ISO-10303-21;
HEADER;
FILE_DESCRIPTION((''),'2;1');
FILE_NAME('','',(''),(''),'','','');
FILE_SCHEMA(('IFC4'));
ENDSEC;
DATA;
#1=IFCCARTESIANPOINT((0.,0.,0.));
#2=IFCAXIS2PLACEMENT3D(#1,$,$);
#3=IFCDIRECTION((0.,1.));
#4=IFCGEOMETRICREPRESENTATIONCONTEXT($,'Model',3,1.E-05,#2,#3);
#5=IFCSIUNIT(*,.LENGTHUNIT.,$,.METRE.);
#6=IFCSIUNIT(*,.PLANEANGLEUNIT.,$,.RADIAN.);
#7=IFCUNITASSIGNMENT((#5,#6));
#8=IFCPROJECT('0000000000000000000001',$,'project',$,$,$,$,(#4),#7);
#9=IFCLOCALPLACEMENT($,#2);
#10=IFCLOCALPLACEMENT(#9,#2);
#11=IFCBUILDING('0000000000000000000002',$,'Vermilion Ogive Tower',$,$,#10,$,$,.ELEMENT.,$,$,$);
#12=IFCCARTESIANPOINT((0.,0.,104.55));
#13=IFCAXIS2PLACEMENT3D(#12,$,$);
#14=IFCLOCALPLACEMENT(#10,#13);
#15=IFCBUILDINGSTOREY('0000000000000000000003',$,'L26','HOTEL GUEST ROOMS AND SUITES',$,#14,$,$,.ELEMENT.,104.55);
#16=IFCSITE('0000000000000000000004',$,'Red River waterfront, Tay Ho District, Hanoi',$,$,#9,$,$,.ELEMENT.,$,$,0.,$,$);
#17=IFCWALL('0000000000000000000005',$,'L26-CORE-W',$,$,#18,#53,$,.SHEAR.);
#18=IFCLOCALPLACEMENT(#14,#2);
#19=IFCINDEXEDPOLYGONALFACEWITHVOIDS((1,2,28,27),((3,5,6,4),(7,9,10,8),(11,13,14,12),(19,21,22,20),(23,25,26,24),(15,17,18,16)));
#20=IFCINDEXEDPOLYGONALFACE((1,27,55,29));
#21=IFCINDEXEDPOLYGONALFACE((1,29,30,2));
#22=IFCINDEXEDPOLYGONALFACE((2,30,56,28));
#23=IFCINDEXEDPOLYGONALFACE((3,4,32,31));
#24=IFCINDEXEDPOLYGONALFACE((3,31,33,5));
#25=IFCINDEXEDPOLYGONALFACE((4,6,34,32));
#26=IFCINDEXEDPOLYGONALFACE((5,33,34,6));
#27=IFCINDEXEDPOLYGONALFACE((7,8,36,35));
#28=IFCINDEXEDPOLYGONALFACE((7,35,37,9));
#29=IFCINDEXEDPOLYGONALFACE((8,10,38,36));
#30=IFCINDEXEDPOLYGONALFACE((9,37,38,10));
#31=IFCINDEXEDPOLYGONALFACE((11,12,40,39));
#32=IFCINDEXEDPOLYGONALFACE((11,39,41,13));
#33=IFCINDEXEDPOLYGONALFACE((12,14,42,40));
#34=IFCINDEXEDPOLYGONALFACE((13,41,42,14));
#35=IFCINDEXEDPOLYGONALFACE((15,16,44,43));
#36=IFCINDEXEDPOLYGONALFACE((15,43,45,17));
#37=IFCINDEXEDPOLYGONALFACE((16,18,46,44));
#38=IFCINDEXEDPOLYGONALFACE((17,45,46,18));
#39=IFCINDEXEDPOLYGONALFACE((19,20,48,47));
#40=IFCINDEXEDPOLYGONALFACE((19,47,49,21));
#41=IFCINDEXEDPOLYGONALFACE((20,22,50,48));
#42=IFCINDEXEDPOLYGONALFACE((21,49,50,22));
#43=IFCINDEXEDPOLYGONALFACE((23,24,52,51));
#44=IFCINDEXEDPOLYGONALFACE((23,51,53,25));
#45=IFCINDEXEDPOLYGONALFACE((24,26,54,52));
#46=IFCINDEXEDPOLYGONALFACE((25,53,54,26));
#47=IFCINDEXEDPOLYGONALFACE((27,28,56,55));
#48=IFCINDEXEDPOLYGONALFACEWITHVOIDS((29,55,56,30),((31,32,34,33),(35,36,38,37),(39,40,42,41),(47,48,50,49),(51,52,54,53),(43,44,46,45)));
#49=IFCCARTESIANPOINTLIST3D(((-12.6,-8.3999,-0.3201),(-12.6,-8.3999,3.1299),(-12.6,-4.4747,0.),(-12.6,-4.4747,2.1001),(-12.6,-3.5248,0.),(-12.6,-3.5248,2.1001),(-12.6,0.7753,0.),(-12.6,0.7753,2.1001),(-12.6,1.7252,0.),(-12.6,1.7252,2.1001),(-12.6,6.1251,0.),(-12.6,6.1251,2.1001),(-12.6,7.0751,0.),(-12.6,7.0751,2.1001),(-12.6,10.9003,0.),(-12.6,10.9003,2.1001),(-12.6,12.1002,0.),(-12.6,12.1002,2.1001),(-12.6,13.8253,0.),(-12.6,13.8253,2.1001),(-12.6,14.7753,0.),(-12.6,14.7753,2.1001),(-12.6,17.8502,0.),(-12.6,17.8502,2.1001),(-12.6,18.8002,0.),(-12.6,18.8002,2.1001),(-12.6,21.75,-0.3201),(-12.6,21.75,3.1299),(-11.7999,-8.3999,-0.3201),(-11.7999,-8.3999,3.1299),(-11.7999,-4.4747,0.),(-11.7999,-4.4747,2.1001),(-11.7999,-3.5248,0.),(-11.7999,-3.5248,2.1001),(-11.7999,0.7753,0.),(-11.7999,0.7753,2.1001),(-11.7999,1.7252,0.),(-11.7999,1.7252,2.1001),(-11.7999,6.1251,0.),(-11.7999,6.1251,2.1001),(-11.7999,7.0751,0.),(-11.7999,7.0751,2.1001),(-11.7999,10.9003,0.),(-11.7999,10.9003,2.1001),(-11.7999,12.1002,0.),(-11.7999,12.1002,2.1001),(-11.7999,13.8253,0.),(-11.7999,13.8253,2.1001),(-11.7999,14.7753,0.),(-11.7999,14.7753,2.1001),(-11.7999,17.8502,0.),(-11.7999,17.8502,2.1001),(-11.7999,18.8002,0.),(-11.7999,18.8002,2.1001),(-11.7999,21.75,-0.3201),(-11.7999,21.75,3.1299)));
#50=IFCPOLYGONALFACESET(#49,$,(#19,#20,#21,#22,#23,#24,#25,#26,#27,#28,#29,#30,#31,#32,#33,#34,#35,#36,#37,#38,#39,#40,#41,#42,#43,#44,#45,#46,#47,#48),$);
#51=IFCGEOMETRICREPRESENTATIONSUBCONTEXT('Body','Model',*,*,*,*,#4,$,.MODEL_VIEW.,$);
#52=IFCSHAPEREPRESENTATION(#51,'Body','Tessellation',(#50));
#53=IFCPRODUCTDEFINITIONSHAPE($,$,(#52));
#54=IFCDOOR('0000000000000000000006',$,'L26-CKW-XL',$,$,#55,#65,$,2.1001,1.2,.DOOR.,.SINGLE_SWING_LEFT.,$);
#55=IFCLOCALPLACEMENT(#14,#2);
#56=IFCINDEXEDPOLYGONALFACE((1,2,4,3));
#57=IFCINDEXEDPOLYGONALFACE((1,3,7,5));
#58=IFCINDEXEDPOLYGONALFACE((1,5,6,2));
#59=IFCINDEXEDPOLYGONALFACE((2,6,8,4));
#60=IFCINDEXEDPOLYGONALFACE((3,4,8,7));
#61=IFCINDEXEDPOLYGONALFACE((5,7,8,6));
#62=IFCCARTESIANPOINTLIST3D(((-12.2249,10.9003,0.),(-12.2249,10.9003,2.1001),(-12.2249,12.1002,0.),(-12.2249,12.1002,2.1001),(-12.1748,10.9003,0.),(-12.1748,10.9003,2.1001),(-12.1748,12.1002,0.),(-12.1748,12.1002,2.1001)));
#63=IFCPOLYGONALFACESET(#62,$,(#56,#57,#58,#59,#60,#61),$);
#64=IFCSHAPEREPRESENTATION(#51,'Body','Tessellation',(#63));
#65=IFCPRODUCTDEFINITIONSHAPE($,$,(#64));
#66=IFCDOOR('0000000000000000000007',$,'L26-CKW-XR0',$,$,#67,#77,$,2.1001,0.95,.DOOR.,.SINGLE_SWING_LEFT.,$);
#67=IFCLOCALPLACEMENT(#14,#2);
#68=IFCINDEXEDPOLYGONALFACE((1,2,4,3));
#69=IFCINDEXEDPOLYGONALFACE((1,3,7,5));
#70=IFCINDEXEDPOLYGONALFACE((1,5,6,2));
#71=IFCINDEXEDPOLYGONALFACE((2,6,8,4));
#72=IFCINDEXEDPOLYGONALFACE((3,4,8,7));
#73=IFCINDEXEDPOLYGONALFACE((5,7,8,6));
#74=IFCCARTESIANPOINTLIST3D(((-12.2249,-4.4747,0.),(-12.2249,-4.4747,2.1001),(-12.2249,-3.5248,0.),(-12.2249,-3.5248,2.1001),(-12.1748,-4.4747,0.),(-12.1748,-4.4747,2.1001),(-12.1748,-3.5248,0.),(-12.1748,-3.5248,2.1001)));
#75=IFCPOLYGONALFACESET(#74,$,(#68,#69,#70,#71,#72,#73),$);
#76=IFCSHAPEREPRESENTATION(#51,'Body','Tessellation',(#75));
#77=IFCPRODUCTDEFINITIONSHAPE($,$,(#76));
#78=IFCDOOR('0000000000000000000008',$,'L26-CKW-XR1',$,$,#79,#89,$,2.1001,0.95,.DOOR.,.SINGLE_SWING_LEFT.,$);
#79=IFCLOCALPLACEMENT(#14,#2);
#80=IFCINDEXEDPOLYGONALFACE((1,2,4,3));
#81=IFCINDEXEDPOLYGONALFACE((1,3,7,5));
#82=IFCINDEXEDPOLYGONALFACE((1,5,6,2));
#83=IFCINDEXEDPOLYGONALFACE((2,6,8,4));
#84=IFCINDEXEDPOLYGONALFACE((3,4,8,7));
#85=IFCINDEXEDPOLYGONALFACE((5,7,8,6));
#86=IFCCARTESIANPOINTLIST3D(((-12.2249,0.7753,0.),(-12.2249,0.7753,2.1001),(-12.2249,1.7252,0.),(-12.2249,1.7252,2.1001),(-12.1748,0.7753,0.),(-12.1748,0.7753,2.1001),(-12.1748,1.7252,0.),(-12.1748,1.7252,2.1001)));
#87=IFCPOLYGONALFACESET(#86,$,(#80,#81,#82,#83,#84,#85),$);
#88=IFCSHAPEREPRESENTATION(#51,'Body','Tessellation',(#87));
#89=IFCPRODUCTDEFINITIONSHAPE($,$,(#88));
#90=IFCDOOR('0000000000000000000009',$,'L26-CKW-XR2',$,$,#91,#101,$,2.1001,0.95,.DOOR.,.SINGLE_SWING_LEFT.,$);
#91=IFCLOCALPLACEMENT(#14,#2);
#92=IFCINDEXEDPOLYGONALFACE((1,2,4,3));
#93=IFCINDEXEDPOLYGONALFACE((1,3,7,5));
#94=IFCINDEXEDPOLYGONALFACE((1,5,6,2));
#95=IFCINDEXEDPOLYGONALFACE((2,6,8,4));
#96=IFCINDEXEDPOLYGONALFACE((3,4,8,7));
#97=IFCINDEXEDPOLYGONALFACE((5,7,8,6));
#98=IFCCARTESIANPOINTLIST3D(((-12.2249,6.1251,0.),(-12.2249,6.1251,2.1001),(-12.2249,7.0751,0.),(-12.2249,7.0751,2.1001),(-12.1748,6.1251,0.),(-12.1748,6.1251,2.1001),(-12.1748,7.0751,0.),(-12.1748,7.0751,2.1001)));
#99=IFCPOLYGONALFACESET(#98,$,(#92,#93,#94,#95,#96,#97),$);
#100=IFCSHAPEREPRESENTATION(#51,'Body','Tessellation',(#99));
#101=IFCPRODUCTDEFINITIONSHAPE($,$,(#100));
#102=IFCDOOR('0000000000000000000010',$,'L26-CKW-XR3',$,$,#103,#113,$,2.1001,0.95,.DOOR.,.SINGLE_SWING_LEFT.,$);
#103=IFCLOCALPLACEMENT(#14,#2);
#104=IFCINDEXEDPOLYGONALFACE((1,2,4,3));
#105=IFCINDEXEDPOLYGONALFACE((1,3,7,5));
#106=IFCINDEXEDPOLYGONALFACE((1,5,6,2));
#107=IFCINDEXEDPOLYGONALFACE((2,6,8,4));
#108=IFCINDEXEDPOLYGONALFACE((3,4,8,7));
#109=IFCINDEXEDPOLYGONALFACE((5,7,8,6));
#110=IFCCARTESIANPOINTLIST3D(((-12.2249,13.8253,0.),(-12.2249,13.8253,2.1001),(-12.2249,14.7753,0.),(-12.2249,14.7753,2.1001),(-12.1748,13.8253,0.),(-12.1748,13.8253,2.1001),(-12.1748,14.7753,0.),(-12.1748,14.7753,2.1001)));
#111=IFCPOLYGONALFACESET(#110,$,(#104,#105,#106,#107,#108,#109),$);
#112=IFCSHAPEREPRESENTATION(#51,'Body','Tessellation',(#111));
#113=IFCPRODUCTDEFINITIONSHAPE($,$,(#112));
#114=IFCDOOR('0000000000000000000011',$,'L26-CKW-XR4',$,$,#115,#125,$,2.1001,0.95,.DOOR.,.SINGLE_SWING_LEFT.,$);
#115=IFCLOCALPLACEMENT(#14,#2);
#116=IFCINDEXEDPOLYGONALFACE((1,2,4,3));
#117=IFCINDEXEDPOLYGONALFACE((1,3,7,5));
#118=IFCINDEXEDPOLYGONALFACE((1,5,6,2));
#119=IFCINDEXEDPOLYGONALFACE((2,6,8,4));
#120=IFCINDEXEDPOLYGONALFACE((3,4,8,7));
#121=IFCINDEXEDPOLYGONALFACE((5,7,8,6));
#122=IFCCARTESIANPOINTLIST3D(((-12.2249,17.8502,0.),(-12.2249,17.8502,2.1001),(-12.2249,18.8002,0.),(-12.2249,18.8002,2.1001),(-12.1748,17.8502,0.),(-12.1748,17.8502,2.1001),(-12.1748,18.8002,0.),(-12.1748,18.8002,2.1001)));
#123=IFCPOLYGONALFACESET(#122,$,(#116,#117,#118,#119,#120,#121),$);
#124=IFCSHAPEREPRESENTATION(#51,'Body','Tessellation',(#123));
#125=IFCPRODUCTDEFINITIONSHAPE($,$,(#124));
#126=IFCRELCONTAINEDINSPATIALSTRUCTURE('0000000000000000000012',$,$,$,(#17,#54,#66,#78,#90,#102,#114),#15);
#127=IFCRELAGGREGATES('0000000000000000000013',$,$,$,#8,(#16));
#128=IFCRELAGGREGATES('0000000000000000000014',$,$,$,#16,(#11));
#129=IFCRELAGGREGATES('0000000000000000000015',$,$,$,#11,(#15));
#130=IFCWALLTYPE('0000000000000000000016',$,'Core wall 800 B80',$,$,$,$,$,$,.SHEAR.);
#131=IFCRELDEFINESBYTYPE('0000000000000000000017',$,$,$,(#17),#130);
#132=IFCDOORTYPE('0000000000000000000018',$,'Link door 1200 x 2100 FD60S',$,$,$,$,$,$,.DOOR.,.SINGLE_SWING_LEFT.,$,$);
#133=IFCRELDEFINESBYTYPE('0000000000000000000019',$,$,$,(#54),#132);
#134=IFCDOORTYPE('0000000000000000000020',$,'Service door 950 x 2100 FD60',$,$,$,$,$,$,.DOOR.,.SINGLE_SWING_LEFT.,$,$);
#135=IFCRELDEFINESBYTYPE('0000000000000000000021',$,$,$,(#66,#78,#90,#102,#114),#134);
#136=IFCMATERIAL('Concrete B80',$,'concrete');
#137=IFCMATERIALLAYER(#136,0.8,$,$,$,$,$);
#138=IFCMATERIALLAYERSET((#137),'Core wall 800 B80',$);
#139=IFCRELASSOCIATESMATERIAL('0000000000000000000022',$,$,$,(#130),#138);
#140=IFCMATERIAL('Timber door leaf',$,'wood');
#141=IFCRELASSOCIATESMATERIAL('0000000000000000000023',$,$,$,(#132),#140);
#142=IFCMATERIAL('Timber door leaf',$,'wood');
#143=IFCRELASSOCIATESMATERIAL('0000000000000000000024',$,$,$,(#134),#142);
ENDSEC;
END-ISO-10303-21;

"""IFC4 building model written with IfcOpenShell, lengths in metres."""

from ifc_helpers import new_model, si_unit, direction, frame, frame_2d, origin, place, context, subcontext, project, spatial, rectangle, extrude, material, layer, layer_set, type_object, element, fill, save


model = new_model("IFC4")

# Units and contexts
model_context = context("Model", 3, precision=1e-05, world=origin(), true_north=direction((0.0, 1.0)))
body_context = subcontext(model_context, "Body", "Model", "MODEL_VIEW")
ifc_project = project(units=[si_unit("LENGTHUNIT", "METRE"), si_unit("PLANEANGLEUNIT", "RADIAN")], contexts=[model_context])

# Site, building, storey
site_placement = place(None, origin())
site = spatial("IfcSite", under=ifc_project, at=site_placement, Name="Red River waterfront, Tay Ho District, Hanoi", CompositionType="ELEMENT", RefElevation=0.0)
building_placement = place(site_placement, origin())
building = spatial("IfcBuilding", under=site, at=building_placement, Name="Vermilion Ogive Tower", CompositionType="ELEMENT")
storey_placement = place(building_placement, frame((0.0, 0.0, 104.55)))
storey = spatial("IfcBuildingStorey", under=building, at=storey_placement, Name="L26", Description="HOTEL GUEST ROOMS AND SUITES", CompositionType="ELEMENT", Elevation=104.55)

# Wall, openings, doors
ifc_material_1 = material(Name="Concrete B80", Category="concrete")
ifc_layer_1 = layer(ifc_material_1, 0.8)
ifc_layer_set_1 = layer_set([ifc_layer_1], Name="Core wall 800 B80")
wall_type_1 = type_object("IfcWallType", Name="Core wall 800 B80", PredefinedType="SHEAR", material=ifc_layer_set_1)
wall_1_placement = place(storey_placement, frame((-12.2, -8.3999, -0.3201), z_axis=(0.0, 0.0, 1.0), x_axis=(0.0, 1.0, 0.0)))
wall_1 = element("IfcWall", 1, at=wall_1_placement, inside=storey, type_object=wall_type_1, Name="L26-CORE-W", PredefinedType="SHEAR", context=body_context, shape_type="SweptSolid", body=[
    extrude(rectangle(XDim=30.1499, YDim=0.8, at=frame_2d((15.075, 0.0))), origin(), (0.0, 0.0, 1.0), 3.45),
])
opening_1_placement = place(wall_1_placement, frame((3.925, 0.0, 0.3201)))
opening_1 = element("IfcOpeningElement", 2, at=opening_1_placement, cuts=wall_1, PredefinedType="OPENING", context=body_context, shape_type="SweptSolid", body=[
    extrude(rectangle(XDim=0.95, YDim=2.1001, at=frame_2d((0.4751, 1.05))), frame((0.0, 0.4099, 0.0), z_axis=(0.0, -1.0, 0.0), x_axis=(1.0, 0.0, 0.0)), (0.0, 0.0, 1.0), 0.8201),
])
opening_2_placement = place(wall_1_placement, frame((9.175, 0.0, 0.3201)))
opening_2 = element("IfcOpeningElement", 3, at=opening_2_placement, cuts=wall_1, PredefinedType="OPENING", context=body_context, shape_type="SweptSolid", body=[
    extrude(rectangle(XDim=0.95, YDim=2.1001, at=frame_2d((0.4751, 1.05))), frame((0.0, 0.4099, 0.0), z_axis=(0.0, -1.0, 0.0), x_axis=(1.0, 0.0, 0.0)), (0.0, 0.0, 1.0), 0.8201),
])
opening_3_placement = place(wall_1_placement, frame((14.5249, 0.0, 0.3201)))
opening_3 = element("IfcOpeningElement", 4, at=opening_3_placement, cuts=wall_1, PredefinedType="OPENING", context=body_context, shape_type="SweptSolid", body=[
    extrude(rectangle(XDim=0.95, YDim=2.1001, at=frame_2d((0.4751, 1.05))), frame((0.0, 0.4099, 0.0), z_axis=(0.0, -1.0, 0.0), x_axis=(1.0, 0.0, 0.0)), (0.0, 0.0, 1.0), 0.8201),
])
opening_4_placement = place(wall_1_placement, frame((22.2251, 0.0, 0.3201)))
opening_4 = element("IfcOpeningElement", 5, at=opening_4_placement, cuts=wall_1, PredefinedType="OPENING", context=body_context, shape_type="SweptSolid", body=[
    extrude(rectangle(XDim=0.95, YDim=2.1001, at=frame_2d((0.4751, 1.05))), frame((0.0, 0.4099, 0.0), z_axis=(0.0, -1.0, 0.0), x_axis=(1.0, 0.0, 0.0)), (0.0, 0.0, 1.0), 0.8201),
])
opening_5_placement = place(wall_1_placement, frame((26.25, 0.0, 0.3201)))
opening_5 = element("IfcOpeningElement", 6, at=opening_5_placement, cuts=wall_1, PredefinedType="OPENING", context=body_context, shape_type="SweptSolid", body=[
    extrude(rectangle(XDim=0.95, YDim=2.1001, at=frame_2d((0.4751, 1.05))), frame((0.0, 0.4099, 0.0), z_axis=(0.0, -1.0, 0.0), x_axis=(1.0, 0.0, 0.0)), (0.0, 0.0, 1.0), 0.8201),
])
opening_6_placement = place(wall_1_placement, frame((19.3, 0.0, 0.3201)))
opening_6 = element("IfcOpeningElement", 7, at=opening_6_placement, cuts=wall_1, PredefinedType="OPENING", context=body_context, shape_type="SweptSolid", body=[
    extrude(rectangle(XDim=1.2, YDim=2.1001, at=frame_2d((0.6001, 1.05))), frame((0.0, 0.4099, 0.0), z_axis=(0.0, -1.0, 0.0), x_axis=(1.0, 0.0, 0.0)), (0.0, 0.0, 1.0), 0.8201),
])
ifc_material_2 = material(Name="Timber door leaf", Category="wood")
door_type_1 = type_object("IfcDoorType", Name="Link door 1200 x 2100 FD60S", OperationType="SINGLE_SWING_LEFT", PredefinedType="DOOR", material=ifc_material_2)
door_1_placement = place(opening_6_placement, origin())
door_1 = element("IfcDoor", 8, at=door_1_placement, inside=storey, type_object=door_type_1, Name="L26-CKW-XL", OperationType="SINGLE_SWING_LEFT", OverallHeight=2.1001, OverallWidth=1.2, PredefinedType="DOOR", context=body_context, shape_type="SweptSolid", body=[
    extrude(rectangle(XDim=1.2, YDim=2.1001, at=frame_2d((0.6001, 1.05))), frame((0.0, 0.0249, 0.0), z_axis=(0.0, -1.0, 0.0), x_axis=(1.0, 0.0, 0.0)), (0.0, 0.0, 1.0), 0.05),
])
fill(opening_6, door_1)
ifc_material_3 = material(Name="Timber door leaf", Category="wood")
door_type_2 = type_object("IfcDoorType", Name="Service door 950 x 2100 FD60", OperationType="SINGLE_SWING_LEFT", PredefinedType="DOOR", material=ifc_material_3)
door_2_placement = place(opening_1_placement, origin())
door_2 = element("IfcDoor", 9, at=door_2_placement, inside=storey, type_object=door_type_2, Name="L26-CKW-XR0", OperationType="SINGLE_SWING_LEFT", OverallHeight=2.1001, OverallWidth=0.95, PredefinedType="DOOR", context=body_context, shape_type="SweptSolid", body=[
    extrude(rectangle(XDim=0.95, YDim=2.1001, at=frame_2d((0.4751, 1.05))), frame((0.0, 0.0249, 0.0), z_axis=(0.0, -1.0, 0.0), x_axis=(1.0, 0.0, 0.0)), (0.0, 0.0, 1.0), 0.05),
])
fill(opening_1, door_2)
door_3_placement = place(opening_2_placement, origin())
door_3 = element("IfcDoor", 10, at=door_3_placement, inside=storey, type_object=door_type_2, Name="L26-CKW-XR1", OperationType="SINGLE_SWING_LEFT", OverallHeight=2.1001, OverallWidth=0.95, PredefinedType="DOOR", context=body_context, shape_type="SweptSolid", body=[
    extrude(rectangle(XDim=0.95, YDim=2.1001, at=frame_2d((0.4751, 1.05))), frame((0.0, 0.0249, 0.0), z_axis=(0.0, -1.0, 0.0), x_axis=(1.0, 0.0, 0.0)), (0.0, 0.0, 1.0), 0.05),
])
fill(opening_2, door_3)
door_4_placement = place(opening_3_placement, origin())
door_4 = element("IfcDoor", 11, at=door_4_placement, inside=storey, type_object=door_type_2, Name="L26-CKW-XR2", OperationType="SINGLE_SWING_LEFT", OverallHeight=2.1001, OverallWidth=0.95, PredefinedType="DOOR", context=body_context, shape_type="SweptSolid", body=[
    extrude(rectangle(XDim=0.95, YDim=2.1001, at=frame_2d((0.4751, 1.05))), frame((0.0, 0.0249, 0.0), z_axis=(0.0, -1.0, 0.0), x_axis=(1.0, 0.0, 0.0)), (0.0, 0.0, 1.0), 0.05),
])
fill(opening_3, door_4)
door_5_placement = place(opening_4_placement, origin())
door_5 = element("IfcDoor", 12, at=door_5_placement, inside=storey, type_object=door_type_2, Name="L26-CKW-XR3", OperationType="SINGLE_SWING_LEFT", OverallHeight=2.1001, OverallWidth=0.95, PredefinedType="DOOR", context=body_context, shape_type="SweptSolid", body=[
    extrude(rectangle(XDim=0.95, YDim=2.1001, at=frame_2d((0.4751, 1.05))), frame((0.0, 0.0249, 0.0), z_axis=(0.0, -1.0, 0.0), x_axis=(1.0, 0.0, 0.0)), (0.0, 0.0, 1.0), 0.05),
])
fill(opening_4, door_5)
door_6_placement = place(opening_5_placement, origin())
door_6 = element("IfcDoor", 13, at=door_6_placement, inside=storey, type_object=door_type_2, Name="L26-CKW-XR4", OperationType="SINGLE_SWING_LEFT", OverallHeight=2.1001, OverallWidth=0.95, PredefinedType="DOOR", context=body_context, shape_type="SweptSolid", body=[
    extrude(rectangle(XDim=0.95, YDim=2.1001, at=frame_2d((0.4751, 1.05))), frame((0.0, 0.0249, 0.0), z_axis=(0.0, -1.0, 0.0), x_axis=(1.0, 0.0, 0.0)), (0.0, 0.0, 1.0), 0.05),
])
fill(opening_5, door_6)

save(model, "model.ifc")
